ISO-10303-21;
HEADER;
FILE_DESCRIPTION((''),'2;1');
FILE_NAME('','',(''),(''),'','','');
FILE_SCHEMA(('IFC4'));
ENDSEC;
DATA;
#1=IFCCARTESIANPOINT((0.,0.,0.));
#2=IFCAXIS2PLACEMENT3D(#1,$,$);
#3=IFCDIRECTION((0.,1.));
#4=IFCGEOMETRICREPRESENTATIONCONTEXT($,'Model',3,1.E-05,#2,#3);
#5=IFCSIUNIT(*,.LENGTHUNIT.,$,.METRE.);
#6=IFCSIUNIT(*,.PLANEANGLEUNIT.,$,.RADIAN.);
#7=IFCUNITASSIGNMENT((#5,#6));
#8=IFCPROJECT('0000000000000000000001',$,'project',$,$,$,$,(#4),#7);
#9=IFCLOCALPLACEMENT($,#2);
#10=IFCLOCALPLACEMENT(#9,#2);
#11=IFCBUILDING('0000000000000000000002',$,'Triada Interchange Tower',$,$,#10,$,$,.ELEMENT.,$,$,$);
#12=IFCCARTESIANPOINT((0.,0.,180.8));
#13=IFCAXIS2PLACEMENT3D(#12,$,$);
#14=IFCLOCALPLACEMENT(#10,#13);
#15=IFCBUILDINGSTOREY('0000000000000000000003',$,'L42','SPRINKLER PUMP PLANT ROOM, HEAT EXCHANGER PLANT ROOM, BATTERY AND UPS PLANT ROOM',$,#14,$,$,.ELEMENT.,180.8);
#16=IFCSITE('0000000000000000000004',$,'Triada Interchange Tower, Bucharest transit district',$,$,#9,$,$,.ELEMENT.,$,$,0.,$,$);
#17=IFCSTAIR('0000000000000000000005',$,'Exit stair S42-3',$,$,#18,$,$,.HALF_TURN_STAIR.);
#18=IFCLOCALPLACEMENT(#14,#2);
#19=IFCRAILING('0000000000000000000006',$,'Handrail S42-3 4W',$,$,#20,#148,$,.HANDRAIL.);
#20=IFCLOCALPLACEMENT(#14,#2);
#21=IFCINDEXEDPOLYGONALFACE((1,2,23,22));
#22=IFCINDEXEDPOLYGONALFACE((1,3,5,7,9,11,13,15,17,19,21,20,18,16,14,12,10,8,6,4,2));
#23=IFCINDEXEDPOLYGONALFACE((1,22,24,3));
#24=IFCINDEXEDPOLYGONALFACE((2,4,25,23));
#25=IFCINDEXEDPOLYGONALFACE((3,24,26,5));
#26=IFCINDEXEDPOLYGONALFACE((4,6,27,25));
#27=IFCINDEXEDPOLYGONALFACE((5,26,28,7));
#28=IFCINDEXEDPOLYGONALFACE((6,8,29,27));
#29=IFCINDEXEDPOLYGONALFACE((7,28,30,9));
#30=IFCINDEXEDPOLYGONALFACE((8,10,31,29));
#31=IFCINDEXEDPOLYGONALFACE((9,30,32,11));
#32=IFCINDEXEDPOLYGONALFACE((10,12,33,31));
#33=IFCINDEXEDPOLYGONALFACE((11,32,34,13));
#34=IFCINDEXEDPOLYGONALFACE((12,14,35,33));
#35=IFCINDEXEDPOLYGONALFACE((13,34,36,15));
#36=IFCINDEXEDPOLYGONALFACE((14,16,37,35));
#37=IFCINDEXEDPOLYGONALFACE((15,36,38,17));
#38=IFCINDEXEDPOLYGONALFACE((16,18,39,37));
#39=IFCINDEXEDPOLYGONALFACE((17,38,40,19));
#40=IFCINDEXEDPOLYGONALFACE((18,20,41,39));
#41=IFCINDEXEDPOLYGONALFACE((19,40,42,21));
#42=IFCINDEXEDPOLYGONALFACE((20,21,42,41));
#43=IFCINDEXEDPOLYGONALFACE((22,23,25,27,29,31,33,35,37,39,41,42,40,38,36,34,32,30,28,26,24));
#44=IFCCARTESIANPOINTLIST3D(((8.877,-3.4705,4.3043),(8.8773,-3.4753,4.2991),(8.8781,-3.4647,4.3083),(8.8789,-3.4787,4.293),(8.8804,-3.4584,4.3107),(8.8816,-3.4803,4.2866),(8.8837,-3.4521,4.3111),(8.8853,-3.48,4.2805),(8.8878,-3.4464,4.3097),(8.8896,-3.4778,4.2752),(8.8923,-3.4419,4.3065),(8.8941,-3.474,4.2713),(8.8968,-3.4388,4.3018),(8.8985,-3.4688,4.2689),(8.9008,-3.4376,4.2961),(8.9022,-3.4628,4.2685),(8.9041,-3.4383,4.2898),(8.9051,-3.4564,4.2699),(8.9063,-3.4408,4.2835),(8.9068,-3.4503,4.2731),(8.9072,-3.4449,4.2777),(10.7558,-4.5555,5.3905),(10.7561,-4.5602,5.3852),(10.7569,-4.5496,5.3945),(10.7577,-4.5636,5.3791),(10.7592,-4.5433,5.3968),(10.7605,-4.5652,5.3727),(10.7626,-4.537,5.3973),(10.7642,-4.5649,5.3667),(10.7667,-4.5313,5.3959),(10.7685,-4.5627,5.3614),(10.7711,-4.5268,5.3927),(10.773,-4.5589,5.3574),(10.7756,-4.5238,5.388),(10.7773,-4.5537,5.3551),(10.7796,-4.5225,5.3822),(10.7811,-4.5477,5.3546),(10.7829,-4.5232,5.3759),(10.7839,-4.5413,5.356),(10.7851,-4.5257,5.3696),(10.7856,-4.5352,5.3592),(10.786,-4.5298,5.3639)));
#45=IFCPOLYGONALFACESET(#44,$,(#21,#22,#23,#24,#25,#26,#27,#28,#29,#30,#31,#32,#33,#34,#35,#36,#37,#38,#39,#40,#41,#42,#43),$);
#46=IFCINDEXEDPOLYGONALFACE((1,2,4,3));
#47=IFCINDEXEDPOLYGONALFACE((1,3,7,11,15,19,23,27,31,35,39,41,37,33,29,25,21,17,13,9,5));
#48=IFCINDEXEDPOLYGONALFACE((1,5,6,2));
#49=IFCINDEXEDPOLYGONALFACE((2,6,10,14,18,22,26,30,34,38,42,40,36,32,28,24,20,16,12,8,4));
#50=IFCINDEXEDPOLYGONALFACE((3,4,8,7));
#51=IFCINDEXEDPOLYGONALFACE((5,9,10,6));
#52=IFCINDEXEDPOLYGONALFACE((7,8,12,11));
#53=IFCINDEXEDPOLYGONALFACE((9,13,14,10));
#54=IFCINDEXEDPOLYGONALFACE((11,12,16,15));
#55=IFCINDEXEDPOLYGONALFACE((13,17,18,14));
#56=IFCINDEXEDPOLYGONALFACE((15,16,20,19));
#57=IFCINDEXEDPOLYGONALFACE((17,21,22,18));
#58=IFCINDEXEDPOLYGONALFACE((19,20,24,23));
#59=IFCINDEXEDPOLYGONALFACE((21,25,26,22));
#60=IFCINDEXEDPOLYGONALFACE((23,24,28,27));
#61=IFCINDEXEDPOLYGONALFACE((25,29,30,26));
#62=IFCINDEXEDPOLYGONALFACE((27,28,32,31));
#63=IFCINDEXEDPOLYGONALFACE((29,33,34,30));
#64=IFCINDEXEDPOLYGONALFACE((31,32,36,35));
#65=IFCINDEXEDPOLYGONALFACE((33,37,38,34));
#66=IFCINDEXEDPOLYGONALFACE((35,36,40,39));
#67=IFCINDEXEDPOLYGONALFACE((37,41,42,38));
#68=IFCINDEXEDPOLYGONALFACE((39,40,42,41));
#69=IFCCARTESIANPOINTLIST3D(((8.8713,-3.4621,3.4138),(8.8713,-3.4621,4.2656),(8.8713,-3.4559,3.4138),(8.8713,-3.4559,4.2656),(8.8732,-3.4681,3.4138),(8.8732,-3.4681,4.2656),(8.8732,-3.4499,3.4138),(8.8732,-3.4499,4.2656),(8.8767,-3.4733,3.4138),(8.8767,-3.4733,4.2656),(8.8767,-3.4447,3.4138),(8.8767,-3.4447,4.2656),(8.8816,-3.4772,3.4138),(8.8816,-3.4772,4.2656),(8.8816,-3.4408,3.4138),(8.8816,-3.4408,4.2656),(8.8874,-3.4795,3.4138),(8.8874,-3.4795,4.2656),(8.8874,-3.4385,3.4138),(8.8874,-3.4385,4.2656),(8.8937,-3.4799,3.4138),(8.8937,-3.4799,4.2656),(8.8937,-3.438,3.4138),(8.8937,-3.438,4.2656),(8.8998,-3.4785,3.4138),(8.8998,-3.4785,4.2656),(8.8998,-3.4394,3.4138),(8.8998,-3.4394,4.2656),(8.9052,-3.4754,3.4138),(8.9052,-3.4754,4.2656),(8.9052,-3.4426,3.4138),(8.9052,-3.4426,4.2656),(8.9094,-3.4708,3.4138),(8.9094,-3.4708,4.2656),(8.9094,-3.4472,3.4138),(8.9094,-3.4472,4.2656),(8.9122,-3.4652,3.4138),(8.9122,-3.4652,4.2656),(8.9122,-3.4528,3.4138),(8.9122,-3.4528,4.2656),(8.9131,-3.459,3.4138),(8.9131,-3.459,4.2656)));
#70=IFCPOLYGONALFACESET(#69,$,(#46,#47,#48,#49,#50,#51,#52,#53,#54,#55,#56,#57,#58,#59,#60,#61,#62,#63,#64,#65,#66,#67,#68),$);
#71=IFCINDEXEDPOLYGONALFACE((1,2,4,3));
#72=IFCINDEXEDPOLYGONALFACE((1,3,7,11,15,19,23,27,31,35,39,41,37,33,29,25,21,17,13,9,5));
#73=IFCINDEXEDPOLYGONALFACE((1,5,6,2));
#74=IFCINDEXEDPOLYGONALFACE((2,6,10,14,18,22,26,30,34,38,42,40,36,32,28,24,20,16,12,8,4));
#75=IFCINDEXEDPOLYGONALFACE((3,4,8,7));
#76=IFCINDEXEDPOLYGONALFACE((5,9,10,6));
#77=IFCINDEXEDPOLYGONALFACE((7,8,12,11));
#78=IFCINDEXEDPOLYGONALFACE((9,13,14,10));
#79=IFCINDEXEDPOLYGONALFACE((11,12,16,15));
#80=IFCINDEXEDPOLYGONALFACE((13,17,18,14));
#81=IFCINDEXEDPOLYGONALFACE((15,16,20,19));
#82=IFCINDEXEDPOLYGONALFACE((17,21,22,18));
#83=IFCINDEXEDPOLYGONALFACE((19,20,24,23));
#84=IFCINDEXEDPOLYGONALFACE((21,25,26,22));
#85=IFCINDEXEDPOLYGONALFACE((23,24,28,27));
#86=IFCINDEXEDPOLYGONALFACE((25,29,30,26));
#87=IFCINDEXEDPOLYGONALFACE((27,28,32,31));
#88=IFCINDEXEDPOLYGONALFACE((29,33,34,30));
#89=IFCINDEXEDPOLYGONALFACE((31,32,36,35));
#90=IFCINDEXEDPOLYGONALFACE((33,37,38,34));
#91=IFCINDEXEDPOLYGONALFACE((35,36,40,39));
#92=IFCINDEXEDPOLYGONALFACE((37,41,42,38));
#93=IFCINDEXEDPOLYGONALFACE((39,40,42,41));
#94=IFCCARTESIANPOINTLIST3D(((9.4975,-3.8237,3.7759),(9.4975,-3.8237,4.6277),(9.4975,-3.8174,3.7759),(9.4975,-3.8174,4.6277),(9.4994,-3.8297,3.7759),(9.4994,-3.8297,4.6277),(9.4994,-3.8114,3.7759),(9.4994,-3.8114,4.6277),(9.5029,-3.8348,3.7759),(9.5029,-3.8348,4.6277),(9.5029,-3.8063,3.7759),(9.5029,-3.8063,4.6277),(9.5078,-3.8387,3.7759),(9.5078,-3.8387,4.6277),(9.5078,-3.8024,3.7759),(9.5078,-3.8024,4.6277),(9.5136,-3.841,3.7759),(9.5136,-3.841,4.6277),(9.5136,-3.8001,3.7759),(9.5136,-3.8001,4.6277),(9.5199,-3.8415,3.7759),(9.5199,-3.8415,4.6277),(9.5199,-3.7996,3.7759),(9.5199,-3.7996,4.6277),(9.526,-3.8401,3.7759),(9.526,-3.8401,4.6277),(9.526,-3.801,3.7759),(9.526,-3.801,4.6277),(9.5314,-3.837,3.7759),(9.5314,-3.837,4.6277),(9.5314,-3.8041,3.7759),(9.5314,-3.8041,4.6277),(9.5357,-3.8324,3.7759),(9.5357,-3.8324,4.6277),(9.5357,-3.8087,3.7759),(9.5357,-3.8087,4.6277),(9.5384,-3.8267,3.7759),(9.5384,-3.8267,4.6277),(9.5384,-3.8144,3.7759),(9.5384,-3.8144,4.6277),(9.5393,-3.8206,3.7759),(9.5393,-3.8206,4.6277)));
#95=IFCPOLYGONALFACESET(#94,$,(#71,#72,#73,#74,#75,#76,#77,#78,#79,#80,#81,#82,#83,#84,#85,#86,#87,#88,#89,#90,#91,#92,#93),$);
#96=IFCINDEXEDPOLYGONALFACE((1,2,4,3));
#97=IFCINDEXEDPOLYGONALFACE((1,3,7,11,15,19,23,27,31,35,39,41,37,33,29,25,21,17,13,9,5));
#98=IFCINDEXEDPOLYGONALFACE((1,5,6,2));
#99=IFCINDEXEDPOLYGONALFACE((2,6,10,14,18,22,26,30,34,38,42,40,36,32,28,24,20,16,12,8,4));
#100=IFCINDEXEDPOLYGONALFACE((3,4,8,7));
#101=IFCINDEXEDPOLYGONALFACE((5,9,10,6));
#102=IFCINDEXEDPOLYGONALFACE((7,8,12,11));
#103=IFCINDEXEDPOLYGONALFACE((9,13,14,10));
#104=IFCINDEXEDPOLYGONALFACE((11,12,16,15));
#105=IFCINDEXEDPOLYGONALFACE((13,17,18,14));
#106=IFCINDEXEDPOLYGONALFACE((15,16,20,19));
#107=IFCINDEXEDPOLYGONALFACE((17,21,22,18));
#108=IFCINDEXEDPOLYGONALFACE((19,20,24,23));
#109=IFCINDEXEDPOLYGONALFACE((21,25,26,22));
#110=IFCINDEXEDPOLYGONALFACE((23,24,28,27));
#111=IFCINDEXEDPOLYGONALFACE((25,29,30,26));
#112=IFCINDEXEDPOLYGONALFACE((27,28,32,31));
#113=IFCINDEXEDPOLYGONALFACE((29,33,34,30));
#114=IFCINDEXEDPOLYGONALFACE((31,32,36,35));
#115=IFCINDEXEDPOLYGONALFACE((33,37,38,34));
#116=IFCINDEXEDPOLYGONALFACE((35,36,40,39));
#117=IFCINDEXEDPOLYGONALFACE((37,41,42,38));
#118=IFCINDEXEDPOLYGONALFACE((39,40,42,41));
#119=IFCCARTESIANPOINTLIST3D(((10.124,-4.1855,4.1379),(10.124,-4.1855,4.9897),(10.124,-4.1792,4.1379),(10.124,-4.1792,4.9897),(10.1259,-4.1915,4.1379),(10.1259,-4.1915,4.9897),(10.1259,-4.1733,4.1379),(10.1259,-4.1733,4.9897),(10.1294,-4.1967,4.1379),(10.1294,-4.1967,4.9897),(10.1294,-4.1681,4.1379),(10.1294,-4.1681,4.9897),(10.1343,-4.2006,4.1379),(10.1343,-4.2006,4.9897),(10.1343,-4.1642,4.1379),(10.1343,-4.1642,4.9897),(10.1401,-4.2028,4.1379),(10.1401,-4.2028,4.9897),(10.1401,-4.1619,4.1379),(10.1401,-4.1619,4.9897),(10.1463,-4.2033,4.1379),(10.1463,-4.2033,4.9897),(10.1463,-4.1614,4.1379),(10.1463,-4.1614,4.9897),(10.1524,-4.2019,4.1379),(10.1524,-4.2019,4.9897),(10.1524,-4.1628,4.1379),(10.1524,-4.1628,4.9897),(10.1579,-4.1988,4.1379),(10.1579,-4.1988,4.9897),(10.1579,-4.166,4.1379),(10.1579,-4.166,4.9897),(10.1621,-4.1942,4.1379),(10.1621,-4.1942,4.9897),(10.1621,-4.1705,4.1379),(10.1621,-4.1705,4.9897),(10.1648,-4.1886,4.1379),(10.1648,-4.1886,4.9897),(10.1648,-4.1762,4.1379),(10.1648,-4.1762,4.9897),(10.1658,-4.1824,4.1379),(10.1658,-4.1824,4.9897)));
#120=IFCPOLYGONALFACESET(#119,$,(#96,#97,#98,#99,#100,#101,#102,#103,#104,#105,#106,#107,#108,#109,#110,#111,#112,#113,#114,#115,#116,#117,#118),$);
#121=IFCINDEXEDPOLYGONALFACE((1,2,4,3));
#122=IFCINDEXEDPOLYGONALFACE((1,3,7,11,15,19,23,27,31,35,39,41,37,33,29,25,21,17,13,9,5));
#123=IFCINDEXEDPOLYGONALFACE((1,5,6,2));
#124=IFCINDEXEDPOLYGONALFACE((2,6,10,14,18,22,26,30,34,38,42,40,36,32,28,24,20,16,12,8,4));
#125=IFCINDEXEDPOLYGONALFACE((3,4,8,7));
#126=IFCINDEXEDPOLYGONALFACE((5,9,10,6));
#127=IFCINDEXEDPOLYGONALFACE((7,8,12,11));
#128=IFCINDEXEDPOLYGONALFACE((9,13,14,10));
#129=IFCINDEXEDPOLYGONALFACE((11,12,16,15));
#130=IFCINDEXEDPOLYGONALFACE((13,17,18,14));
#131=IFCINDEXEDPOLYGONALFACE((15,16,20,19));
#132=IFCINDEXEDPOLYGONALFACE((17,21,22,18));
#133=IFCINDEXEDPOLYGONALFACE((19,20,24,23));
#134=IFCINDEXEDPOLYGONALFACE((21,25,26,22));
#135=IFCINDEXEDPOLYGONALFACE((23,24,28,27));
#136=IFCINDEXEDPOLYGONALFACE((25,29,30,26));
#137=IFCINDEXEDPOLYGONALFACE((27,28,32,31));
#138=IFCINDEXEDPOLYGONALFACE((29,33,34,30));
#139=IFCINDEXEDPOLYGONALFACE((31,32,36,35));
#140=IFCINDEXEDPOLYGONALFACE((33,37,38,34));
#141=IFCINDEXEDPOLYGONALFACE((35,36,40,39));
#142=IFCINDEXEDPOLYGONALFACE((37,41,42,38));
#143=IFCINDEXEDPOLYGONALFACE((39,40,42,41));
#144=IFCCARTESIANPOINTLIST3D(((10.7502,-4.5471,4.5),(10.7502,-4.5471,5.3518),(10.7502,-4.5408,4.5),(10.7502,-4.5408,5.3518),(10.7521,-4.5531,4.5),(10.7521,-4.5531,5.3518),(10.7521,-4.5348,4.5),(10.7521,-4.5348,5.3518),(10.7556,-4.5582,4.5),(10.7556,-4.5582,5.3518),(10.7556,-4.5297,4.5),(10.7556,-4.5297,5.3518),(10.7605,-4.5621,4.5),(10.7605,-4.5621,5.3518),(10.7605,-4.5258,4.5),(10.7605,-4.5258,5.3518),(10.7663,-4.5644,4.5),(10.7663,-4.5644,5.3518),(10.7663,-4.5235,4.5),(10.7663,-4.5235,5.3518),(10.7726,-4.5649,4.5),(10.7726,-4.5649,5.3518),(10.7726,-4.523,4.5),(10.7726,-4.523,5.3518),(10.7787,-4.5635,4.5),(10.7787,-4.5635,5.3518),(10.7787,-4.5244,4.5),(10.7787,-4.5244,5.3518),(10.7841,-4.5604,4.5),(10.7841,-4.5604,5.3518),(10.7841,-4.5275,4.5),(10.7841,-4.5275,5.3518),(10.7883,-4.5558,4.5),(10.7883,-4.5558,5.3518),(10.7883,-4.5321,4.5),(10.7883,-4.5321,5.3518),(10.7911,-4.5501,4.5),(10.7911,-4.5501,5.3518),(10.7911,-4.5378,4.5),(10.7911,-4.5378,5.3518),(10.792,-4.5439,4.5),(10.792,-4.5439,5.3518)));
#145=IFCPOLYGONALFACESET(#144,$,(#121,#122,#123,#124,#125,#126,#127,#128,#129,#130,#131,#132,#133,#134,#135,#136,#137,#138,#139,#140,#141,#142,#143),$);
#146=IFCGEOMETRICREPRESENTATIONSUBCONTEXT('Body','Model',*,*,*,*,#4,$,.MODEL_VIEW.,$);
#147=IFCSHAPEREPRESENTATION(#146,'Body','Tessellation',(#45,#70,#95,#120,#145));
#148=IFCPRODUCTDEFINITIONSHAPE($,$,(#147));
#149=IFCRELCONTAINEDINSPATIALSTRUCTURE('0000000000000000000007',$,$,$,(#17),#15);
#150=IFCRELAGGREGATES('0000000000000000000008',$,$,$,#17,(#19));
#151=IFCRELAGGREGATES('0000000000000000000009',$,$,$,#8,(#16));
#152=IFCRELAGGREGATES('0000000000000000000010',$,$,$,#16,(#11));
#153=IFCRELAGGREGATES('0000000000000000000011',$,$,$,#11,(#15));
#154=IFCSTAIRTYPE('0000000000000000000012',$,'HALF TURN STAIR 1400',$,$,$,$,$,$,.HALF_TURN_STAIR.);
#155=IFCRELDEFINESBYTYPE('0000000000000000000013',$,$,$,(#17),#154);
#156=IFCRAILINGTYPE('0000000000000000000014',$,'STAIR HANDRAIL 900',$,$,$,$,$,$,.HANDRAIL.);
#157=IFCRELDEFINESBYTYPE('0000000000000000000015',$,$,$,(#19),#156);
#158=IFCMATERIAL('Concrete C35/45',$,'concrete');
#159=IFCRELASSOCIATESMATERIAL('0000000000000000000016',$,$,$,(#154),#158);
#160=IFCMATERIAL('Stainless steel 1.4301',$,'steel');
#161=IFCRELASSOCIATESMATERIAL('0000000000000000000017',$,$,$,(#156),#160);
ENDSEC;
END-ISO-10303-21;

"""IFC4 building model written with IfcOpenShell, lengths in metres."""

from ifc_helpers import new_model, si_unit, direction, frame, origin, origin_2d, place, context, subcontext, project, spatial, circle, extrude, material, type_object, element, aggregate, save


model = new_model("IFC4")

# Units and contexts
model_context = context("Model", 3, precision=1e-05, world=origin(), true_north=direction((0.0, 1.0)))
body_context = subcontext(model_context, "Body", "Model", "MODEL_VIEW")
ifc_project = project(units=[si_unit("LENGTHUNIT", "METRE"), si_unit("PLANEANGLEUNIT", "RADIAN")], contexts=[model_context])

# Site, building, storey
site_placement = place(None, origin())
site = spatial("IfcSite", under=ifc_project, at=site_placement, Name="Triada Interchange Tower, Bucharest transit district", CompositionType="ELEMENT", RefElevation=0.0)
building_placement = place(site_placement, origin())
building = spatial("IfcBuilding", under=site, at=building_placement, Name="Triada Interchange Tower", CompositionType="ELEMENT")
storey_placement = place(building_placement, frame((0.0, 0.0, 180.8)))
storey = spatial("IfcBuildingStorey", under=building, at=storey_placement, Name="L42", Description="SPRINKLER PUMP PLANT ROOM, HEAT EXCHANGER PLANT ROOM, BATTERY AND UPS PLANT ROOM", CompositionType="ELEMENT", Elevation=180.8)

# Shared definitions
ifc_material_1 = material(Name="Concrete C35/45", Category="concrete")

# Stair, railing
stair_type = type_object("IfcStairType", Name="HALF TURN STAIR 1400", PredefinedType="HALF_TURN_STAIR", material=ifc_material_1)
stair_placement = place(storey_placement, origin())
stair = element("IfcStair", 1, at=stair_placement, inside=storey, type_object=stair_type, Name="Exit stair S42-3", PredefinedType="HALF_TURN_STAIR")
ifc_material_2 = material(Name="Stainless steel 1.4301", Category="steel")
railing_type_1 = type_object("IfcRailingType", Name="STAIR HANDRAIL 900", PredefinedType="HANDRAIL", material=ifc_material_2)
railing_1_placement = place(storey_placement, frame((8.8921, -3.459, 3.4138)))
railing_1 = element("IfcRailing", 2, at=railing_1_placement, type_object=railing_type_1, Name="Handrail S42-3 4W", PredefinedType="HANDRAIL", context=body_context, shape_type="SweptSolid", body=[
    extrude(circle(Radius=0.0239, at=origin_2d()), frame((0.0, 0.0, 0.876), z_axis=(0.774373, -0.447156, 0.447659), x_axis=(0.50006, 0.865991, 0.0)), (0.0, 0.0, 1.0), 2.4263),
    extrude(circle(Radius=0.021, at=origin_2d()), origin(), (0.0, 0.0, 1.0), 0.8518),
    extrude(circle(Radius=0.021, at=origin_2d()), frame((0.6262, -0.3616, 0.3621)), (0.0, 0.0, 1.0), 0.8518),
    extrude(circle(Radius=0.021, at=origin_2d()), frame((1.2527, -0.7234, 0.7241)), (0.0, 0.0, 1.0), 0.8518),
    extrude(circle(Radius=0.021, at=origin_2d()), frame((1.8789, -1.085, 1.0862)), (0.0, 0.0, 1.0), 0.8518),
])
aggregate(stair, [railing_1])

save(model, "model.ifc")
